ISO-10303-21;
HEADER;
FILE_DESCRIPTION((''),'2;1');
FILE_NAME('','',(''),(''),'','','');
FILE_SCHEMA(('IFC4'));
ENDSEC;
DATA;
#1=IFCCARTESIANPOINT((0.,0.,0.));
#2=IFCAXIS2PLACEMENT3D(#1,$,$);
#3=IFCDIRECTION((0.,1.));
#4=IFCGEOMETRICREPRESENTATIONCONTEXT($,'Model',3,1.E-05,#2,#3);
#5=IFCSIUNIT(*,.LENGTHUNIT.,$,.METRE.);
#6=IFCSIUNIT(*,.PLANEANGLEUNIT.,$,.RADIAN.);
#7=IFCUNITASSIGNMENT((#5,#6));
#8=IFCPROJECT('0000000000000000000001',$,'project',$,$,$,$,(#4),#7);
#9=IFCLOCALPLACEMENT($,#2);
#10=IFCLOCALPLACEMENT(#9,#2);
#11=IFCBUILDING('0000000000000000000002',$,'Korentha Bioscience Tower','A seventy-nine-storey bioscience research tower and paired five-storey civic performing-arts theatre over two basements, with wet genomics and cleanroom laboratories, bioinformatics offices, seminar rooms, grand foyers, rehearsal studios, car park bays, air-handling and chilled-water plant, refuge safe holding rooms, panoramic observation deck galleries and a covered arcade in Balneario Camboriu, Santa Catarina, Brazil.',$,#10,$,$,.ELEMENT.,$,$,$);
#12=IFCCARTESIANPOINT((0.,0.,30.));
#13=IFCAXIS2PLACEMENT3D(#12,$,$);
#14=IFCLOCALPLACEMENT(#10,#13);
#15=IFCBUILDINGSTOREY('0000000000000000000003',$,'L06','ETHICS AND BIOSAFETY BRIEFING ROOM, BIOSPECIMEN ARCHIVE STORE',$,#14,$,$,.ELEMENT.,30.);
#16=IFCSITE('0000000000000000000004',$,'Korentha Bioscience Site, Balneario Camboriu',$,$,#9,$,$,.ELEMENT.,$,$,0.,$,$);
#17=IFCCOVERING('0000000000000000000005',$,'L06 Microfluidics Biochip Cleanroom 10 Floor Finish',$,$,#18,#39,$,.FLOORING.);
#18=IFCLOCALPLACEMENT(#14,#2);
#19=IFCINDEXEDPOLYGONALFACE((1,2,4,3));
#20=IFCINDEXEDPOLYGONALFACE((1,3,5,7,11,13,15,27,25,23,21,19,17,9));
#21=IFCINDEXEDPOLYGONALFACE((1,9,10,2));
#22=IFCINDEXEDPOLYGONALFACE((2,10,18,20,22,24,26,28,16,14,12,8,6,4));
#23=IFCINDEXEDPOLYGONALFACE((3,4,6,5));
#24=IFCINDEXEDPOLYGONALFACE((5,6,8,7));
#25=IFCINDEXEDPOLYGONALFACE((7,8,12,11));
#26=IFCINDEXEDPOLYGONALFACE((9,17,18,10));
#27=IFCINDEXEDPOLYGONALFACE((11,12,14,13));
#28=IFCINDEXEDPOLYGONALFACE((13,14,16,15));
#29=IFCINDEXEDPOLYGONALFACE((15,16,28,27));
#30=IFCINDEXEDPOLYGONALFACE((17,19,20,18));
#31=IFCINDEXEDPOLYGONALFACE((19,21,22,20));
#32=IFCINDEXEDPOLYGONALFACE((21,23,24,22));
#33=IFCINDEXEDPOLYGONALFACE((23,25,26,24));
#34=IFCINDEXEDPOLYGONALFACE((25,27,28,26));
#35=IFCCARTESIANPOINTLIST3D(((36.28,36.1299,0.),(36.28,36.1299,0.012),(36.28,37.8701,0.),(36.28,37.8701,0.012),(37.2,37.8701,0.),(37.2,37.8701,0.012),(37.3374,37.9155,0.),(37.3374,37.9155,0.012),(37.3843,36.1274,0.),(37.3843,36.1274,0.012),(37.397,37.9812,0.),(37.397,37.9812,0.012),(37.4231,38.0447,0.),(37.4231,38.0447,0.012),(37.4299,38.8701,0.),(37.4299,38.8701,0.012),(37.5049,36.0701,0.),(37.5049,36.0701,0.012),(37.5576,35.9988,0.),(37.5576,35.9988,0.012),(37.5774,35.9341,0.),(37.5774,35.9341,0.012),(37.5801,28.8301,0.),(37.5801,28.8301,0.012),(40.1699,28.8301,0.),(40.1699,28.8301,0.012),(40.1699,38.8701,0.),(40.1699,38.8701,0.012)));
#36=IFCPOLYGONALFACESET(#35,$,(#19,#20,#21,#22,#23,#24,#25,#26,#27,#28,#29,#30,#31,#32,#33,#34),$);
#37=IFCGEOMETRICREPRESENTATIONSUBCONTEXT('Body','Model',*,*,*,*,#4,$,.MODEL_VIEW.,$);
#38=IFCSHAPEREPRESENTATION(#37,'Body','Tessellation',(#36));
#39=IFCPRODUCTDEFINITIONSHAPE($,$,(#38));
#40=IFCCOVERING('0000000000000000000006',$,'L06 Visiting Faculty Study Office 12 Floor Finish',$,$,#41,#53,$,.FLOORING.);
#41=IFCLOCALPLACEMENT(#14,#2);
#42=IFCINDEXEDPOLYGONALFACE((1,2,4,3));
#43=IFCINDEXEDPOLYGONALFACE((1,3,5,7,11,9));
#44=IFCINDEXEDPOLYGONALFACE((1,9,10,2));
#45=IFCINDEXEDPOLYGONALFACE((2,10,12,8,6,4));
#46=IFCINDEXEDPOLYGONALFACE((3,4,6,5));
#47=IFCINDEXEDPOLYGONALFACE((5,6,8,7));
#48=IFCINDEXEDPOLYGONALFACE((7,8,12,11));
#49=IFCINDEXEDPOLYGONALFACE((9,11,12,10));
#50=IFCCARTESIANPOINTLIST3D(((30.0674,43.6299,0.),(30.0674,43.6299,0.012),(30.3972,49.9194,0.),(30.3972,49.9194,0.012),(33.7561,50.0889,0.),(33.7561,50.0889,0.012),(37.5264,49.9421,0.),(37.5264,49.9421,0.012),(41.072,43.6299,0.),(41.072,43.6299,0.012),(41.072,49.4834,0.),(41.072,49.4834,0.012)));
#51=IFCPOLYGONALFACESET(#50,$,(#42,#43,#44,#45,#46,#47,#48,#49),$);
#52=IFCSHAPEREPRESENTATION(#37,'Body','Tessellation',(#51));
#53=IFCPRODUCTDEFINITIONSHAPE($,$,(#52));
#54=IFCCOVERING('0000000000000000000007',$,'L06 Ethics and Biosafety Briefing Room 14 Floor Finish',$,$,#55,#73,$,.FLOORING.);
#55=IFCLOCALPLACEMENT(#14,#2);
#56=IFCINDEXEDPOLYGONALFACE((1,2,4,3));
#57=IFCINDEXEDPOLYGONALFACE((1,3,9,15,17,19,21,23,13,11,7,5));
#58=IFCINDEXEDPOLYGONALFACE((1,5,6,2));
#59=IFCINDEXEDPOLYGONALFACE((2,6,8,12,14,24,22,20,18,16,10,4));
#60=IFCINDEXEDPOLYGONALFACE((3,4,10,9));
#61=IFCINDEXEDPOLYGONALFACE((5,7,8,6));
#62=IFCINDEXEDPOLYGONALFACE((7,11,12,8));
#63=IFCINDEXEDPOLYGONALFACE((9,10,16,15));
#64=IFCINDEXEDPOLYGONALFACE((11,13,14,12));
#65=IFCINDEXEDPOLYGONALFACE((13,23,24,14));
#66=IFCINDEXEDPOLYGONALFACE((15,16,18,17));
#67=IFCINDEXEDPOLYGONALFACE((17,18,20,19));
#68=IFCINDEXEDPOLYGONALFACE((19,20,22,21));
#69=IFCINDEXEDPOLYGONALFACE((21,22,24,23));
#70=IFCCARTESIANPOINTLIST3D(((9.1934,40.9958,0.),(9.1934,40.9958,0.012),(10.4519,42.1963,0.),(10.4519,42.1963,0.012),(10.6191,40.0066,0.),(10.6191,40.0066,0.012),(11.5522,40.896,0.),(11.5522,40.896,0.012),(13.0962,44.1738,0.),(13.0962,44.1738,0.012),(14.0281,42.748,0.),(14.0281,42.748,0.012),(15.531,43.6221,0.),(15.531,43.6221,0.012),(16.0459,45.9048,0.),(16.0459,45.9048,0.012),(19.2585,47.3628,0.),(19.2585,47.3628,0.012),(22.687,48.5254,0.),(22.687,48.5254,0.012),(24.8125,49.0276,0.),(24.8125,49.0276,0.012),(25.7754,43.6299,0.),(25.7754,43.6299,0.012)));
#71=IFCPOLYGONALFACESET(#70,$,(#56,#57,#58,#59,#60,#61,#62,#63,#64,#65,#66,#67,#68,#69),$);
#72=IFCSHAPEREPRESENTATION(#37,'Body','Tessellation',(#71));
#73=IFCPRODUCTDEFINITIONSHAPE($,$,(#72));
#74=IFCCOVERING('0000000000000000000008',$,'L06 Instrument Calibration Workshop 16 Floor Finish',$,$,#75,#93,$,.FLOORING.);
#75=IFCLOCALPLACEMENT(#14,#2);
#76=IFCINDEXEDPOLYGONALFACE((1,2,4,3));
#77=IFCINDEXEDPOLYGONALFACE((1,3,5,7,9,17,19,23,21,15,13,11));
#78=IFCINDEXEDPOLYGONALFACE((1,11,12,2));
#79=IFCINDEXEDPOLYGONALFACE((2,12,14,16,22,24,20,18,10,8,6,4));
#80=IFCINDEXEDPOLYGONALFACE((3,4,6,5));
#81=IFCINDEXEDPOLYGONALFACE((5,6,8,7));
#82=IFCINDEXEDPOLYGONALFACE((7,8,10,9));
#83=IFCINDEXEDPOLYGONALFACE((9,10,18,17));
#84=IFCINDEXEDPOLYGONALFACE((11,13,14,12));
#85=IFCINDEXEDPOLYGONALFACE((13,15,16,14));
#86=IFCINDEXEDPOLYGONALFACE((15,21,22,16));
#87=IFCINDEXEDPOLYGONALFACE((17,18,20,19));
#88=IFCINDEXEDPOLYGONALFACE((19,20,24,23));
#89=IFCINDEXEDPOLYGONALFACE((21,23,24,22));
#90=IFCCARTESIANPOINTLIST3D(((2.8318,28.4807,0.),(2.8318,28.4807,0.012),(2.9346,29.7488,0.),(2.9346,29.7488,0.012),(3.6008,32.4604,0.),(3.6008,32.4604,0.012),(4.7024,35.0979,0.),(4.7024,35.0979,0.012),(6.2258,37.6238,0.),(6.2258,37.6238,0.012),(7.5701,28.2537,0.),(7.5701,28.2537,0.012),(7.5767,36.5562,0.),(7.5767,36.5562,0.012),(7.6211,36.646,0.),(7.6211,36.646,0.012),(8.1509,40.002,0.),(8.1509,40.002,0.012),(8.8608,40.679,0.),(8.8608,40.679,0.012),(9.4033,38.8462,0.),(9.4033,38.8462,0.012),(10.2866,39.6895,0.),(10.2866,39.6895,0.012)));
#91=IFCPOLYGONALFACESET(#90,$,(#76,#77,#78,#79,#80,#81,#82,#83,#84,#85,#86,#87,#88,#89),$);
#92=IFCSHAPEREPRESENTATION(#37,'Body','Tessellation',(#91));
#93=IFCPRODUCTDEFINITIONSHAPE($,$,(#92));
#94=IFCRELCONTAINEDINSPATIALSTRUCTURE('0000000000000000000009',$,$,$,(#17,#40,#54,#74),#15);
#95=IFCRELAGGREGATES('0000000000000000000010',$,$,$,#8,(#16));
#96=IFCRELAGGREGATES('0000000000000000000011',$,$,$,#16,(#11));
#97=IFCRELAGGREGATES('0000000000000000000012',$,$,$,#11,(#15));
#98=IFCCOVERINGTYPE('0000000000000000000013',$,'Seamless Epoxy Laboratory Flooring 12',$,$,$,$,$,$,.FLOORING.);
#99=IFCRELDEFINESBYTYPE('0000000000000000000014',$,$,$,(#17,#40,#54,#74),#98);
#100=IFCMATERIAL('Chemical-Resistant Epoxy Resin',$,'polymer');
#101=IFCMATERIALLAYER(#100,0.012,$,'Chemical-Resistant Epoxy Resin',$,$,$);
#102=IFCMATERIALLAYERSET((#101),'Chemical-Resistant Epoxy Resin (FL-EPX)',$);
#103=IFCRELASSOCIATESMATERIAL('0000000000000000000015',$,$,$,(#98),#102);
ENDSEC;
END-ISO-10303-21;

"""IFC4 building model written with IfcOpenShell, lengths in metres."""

from ifc_helpers import new_model, si_unit, direction, frame, origin, place, context, subcontext, project, spatial, polyline, outline, extrude, material, layer, layer_set, type_object, element, save


model = new_model("IFC4")

# Units and contexts
model_context = context("Model", 3, precision=1e-05, world=origin(), true_north=direction((0.0, 1.0)))
body_context = subcontext(model_context, "Body", "Model", "MODEL_VIEW")
ifc_project = project(units=[si_unit("LENGTHUNIT", "METRE"), si_unit("PLANEANGLEUNIT", "RADIAN")], contexts=[model_context])

# Site, building, storey
site_placement = place(None, origin())
site = spatial("IfcSite", under=ifc_project, at=site_placement, Name="Korentha Bioscience Site, Balneario Camboriu", CompositionType="ELEMENT", RefElevation=0.0)
building_placement = place(site_placement, origin())
building = spatial("IfcBuilding", under=site, at=building_placement, Name="Korentha Bioscience Tower", Description="A seventy-nine-storey bioscience research tower and paired five-storey civic performing-arts theatre over two basements, with wet genomics and cleanroom laboratories, bioinformatics offices, seminar rooms, grand foyers, rehearsal studios, car park bays, air-handling and chilled-water plant, refuge safe holding rooms, panoramic observation deck galleries and a covered arcade in Balneario Camboriu, Santa Catarina, Brazil.", CompositionType="ELEMENT")
storey_placement = place(building_placement, frame((0.0, 0.0, 30.0)))
storey = spatial("IfcBuildingStorey", under=building, at=storey_placement, Name="L06", Description="ETHICS AND BIOSAFETY BRIEFING ROOM, BIOSPECIMEN ARCHIVE STORE", CompositionType="ELEMENT", Elevation=30.0)

# Coverings
ifc_material_1 = material(Name="Chemical-Resistant Epoxy Resin", Category="polymer")
ifc_layer_1 = layer(ifc_material_1, 0.012, Name="Chemical-Resistant Epoxy Resin")
ifc_layer_set_1 = layer_set([ifc_layer_1], Name="Chemical-Resistant Epoxy Resin (FL-EPX)")
covering_type_1 = type_object("IfcCoveringType", Name="Seamless Epoxy Laboratory Flooring 12", PredefinedType="FLOORING", material=ifc_layer_set_1)
covering_1_placement = place(storey_placement, origin())
element("IfcCovering", 1, at=covering_1_placement, inside=storey, type_object=covering_type_1, Name="L06 Microfluidics Biochip Cleanroom 10 Floor Finish", PredefinedType="FLOORING", context=body_context, shape_type="SweptSolid", body=[
    extrude(outline(polyline([(37.2, 37.8701), (37.3374, 37.9155), (37.397, 37.9812), (37.4231, 38.0447), (37.4299, 38.8701), (40.1699, 38.8701), (40.1699, 28.8301), (37.5801, 28.8301), (37.5774, 35.9341), (37.5576, 35.9988), (37.5049, 36.0701), (37.3843, 36.1274), (36.28, 36.1299), (36.28, 37.8701), (37.2, 37.8701)])), origin(), (0.0, 0.0, 1.0), 0.012),
])
covering_2_placement = place(storey_placement, origin())
element("IfcCovering", 2, at=covering_2_placement, inside=storey, type_object=covering_type_1, Name="L06 Visiting Faculty Study Office 12 Floor Finish", PredefinedType="FLOORING", context=body_context, shape_type="SweptSolid", body=[
    extrude(outline(polyline([(33.7561, 50.0889), (37.5264, 49.9421), (41.072, 49.4834), (41.072, 43.6299), (30.0674, 43.6299), (30.3972, 49.9194), (33.7561, 50.0889)])), origin(), (0.0, 0.0, 1.0), 0.012),
])
covering_3_placement = place(storey_placement, origin())
element("IfcCovering", 3, at=covering_3_placement, inside=storey, type_object=covering_type_1, Name="L06 Ethics and Biosafety Briefing Room 14 Floor Finish", PredefinedType="FLOORING", context=body_context, shape_type="SweptSolid", body=[
    extrude(outline(polyline([(10.4519, 42.1963), (13.0962, 44.1738), (16.0459, 45.9048), (19.2585, 47.3628), (22.687, 48.5254), (24.8125, 49.0276), (25.7754, 43.6299), (15.531, 43.6221), (14.0281, 42.748), (11.5522, 40.896), (10.6191, 40.0066), (9.1934, 40.9958), (10.4519, 42.1963)])), origin(), (0.0, 0.0, 1.0), 0.012),
])
covering_4_placement = place(storey_placement, origin())
element("IfcCovering", 4, at=covering_4_placement, inside=storey, type_object=covering_type_1, Name="L06 Instrument Calibration Workshop 16 Floor Finish", PredefinedType="FLOORING", context=body_context, shape_type="SweptSolid", body=[
    extrude(outline(polyline([(3.6008, 32.4604), (4.7024, 35.0979), (6.2258, 37.6238), (8.1509, 40.002), (8.8608, 40.679), (10.2866, 39.6895), (9.4033, 38.8462), (7.6211, 36.646), (7.5767, 36.5562), (7.5701, 28.2537), (2.8318, 28.4807), (2.9346, 29.7488), (3.6008, 32.4604)])), origin(), (0.0, 0.0, 1.0), 0.012),
])

save(model, "model.ifc")
